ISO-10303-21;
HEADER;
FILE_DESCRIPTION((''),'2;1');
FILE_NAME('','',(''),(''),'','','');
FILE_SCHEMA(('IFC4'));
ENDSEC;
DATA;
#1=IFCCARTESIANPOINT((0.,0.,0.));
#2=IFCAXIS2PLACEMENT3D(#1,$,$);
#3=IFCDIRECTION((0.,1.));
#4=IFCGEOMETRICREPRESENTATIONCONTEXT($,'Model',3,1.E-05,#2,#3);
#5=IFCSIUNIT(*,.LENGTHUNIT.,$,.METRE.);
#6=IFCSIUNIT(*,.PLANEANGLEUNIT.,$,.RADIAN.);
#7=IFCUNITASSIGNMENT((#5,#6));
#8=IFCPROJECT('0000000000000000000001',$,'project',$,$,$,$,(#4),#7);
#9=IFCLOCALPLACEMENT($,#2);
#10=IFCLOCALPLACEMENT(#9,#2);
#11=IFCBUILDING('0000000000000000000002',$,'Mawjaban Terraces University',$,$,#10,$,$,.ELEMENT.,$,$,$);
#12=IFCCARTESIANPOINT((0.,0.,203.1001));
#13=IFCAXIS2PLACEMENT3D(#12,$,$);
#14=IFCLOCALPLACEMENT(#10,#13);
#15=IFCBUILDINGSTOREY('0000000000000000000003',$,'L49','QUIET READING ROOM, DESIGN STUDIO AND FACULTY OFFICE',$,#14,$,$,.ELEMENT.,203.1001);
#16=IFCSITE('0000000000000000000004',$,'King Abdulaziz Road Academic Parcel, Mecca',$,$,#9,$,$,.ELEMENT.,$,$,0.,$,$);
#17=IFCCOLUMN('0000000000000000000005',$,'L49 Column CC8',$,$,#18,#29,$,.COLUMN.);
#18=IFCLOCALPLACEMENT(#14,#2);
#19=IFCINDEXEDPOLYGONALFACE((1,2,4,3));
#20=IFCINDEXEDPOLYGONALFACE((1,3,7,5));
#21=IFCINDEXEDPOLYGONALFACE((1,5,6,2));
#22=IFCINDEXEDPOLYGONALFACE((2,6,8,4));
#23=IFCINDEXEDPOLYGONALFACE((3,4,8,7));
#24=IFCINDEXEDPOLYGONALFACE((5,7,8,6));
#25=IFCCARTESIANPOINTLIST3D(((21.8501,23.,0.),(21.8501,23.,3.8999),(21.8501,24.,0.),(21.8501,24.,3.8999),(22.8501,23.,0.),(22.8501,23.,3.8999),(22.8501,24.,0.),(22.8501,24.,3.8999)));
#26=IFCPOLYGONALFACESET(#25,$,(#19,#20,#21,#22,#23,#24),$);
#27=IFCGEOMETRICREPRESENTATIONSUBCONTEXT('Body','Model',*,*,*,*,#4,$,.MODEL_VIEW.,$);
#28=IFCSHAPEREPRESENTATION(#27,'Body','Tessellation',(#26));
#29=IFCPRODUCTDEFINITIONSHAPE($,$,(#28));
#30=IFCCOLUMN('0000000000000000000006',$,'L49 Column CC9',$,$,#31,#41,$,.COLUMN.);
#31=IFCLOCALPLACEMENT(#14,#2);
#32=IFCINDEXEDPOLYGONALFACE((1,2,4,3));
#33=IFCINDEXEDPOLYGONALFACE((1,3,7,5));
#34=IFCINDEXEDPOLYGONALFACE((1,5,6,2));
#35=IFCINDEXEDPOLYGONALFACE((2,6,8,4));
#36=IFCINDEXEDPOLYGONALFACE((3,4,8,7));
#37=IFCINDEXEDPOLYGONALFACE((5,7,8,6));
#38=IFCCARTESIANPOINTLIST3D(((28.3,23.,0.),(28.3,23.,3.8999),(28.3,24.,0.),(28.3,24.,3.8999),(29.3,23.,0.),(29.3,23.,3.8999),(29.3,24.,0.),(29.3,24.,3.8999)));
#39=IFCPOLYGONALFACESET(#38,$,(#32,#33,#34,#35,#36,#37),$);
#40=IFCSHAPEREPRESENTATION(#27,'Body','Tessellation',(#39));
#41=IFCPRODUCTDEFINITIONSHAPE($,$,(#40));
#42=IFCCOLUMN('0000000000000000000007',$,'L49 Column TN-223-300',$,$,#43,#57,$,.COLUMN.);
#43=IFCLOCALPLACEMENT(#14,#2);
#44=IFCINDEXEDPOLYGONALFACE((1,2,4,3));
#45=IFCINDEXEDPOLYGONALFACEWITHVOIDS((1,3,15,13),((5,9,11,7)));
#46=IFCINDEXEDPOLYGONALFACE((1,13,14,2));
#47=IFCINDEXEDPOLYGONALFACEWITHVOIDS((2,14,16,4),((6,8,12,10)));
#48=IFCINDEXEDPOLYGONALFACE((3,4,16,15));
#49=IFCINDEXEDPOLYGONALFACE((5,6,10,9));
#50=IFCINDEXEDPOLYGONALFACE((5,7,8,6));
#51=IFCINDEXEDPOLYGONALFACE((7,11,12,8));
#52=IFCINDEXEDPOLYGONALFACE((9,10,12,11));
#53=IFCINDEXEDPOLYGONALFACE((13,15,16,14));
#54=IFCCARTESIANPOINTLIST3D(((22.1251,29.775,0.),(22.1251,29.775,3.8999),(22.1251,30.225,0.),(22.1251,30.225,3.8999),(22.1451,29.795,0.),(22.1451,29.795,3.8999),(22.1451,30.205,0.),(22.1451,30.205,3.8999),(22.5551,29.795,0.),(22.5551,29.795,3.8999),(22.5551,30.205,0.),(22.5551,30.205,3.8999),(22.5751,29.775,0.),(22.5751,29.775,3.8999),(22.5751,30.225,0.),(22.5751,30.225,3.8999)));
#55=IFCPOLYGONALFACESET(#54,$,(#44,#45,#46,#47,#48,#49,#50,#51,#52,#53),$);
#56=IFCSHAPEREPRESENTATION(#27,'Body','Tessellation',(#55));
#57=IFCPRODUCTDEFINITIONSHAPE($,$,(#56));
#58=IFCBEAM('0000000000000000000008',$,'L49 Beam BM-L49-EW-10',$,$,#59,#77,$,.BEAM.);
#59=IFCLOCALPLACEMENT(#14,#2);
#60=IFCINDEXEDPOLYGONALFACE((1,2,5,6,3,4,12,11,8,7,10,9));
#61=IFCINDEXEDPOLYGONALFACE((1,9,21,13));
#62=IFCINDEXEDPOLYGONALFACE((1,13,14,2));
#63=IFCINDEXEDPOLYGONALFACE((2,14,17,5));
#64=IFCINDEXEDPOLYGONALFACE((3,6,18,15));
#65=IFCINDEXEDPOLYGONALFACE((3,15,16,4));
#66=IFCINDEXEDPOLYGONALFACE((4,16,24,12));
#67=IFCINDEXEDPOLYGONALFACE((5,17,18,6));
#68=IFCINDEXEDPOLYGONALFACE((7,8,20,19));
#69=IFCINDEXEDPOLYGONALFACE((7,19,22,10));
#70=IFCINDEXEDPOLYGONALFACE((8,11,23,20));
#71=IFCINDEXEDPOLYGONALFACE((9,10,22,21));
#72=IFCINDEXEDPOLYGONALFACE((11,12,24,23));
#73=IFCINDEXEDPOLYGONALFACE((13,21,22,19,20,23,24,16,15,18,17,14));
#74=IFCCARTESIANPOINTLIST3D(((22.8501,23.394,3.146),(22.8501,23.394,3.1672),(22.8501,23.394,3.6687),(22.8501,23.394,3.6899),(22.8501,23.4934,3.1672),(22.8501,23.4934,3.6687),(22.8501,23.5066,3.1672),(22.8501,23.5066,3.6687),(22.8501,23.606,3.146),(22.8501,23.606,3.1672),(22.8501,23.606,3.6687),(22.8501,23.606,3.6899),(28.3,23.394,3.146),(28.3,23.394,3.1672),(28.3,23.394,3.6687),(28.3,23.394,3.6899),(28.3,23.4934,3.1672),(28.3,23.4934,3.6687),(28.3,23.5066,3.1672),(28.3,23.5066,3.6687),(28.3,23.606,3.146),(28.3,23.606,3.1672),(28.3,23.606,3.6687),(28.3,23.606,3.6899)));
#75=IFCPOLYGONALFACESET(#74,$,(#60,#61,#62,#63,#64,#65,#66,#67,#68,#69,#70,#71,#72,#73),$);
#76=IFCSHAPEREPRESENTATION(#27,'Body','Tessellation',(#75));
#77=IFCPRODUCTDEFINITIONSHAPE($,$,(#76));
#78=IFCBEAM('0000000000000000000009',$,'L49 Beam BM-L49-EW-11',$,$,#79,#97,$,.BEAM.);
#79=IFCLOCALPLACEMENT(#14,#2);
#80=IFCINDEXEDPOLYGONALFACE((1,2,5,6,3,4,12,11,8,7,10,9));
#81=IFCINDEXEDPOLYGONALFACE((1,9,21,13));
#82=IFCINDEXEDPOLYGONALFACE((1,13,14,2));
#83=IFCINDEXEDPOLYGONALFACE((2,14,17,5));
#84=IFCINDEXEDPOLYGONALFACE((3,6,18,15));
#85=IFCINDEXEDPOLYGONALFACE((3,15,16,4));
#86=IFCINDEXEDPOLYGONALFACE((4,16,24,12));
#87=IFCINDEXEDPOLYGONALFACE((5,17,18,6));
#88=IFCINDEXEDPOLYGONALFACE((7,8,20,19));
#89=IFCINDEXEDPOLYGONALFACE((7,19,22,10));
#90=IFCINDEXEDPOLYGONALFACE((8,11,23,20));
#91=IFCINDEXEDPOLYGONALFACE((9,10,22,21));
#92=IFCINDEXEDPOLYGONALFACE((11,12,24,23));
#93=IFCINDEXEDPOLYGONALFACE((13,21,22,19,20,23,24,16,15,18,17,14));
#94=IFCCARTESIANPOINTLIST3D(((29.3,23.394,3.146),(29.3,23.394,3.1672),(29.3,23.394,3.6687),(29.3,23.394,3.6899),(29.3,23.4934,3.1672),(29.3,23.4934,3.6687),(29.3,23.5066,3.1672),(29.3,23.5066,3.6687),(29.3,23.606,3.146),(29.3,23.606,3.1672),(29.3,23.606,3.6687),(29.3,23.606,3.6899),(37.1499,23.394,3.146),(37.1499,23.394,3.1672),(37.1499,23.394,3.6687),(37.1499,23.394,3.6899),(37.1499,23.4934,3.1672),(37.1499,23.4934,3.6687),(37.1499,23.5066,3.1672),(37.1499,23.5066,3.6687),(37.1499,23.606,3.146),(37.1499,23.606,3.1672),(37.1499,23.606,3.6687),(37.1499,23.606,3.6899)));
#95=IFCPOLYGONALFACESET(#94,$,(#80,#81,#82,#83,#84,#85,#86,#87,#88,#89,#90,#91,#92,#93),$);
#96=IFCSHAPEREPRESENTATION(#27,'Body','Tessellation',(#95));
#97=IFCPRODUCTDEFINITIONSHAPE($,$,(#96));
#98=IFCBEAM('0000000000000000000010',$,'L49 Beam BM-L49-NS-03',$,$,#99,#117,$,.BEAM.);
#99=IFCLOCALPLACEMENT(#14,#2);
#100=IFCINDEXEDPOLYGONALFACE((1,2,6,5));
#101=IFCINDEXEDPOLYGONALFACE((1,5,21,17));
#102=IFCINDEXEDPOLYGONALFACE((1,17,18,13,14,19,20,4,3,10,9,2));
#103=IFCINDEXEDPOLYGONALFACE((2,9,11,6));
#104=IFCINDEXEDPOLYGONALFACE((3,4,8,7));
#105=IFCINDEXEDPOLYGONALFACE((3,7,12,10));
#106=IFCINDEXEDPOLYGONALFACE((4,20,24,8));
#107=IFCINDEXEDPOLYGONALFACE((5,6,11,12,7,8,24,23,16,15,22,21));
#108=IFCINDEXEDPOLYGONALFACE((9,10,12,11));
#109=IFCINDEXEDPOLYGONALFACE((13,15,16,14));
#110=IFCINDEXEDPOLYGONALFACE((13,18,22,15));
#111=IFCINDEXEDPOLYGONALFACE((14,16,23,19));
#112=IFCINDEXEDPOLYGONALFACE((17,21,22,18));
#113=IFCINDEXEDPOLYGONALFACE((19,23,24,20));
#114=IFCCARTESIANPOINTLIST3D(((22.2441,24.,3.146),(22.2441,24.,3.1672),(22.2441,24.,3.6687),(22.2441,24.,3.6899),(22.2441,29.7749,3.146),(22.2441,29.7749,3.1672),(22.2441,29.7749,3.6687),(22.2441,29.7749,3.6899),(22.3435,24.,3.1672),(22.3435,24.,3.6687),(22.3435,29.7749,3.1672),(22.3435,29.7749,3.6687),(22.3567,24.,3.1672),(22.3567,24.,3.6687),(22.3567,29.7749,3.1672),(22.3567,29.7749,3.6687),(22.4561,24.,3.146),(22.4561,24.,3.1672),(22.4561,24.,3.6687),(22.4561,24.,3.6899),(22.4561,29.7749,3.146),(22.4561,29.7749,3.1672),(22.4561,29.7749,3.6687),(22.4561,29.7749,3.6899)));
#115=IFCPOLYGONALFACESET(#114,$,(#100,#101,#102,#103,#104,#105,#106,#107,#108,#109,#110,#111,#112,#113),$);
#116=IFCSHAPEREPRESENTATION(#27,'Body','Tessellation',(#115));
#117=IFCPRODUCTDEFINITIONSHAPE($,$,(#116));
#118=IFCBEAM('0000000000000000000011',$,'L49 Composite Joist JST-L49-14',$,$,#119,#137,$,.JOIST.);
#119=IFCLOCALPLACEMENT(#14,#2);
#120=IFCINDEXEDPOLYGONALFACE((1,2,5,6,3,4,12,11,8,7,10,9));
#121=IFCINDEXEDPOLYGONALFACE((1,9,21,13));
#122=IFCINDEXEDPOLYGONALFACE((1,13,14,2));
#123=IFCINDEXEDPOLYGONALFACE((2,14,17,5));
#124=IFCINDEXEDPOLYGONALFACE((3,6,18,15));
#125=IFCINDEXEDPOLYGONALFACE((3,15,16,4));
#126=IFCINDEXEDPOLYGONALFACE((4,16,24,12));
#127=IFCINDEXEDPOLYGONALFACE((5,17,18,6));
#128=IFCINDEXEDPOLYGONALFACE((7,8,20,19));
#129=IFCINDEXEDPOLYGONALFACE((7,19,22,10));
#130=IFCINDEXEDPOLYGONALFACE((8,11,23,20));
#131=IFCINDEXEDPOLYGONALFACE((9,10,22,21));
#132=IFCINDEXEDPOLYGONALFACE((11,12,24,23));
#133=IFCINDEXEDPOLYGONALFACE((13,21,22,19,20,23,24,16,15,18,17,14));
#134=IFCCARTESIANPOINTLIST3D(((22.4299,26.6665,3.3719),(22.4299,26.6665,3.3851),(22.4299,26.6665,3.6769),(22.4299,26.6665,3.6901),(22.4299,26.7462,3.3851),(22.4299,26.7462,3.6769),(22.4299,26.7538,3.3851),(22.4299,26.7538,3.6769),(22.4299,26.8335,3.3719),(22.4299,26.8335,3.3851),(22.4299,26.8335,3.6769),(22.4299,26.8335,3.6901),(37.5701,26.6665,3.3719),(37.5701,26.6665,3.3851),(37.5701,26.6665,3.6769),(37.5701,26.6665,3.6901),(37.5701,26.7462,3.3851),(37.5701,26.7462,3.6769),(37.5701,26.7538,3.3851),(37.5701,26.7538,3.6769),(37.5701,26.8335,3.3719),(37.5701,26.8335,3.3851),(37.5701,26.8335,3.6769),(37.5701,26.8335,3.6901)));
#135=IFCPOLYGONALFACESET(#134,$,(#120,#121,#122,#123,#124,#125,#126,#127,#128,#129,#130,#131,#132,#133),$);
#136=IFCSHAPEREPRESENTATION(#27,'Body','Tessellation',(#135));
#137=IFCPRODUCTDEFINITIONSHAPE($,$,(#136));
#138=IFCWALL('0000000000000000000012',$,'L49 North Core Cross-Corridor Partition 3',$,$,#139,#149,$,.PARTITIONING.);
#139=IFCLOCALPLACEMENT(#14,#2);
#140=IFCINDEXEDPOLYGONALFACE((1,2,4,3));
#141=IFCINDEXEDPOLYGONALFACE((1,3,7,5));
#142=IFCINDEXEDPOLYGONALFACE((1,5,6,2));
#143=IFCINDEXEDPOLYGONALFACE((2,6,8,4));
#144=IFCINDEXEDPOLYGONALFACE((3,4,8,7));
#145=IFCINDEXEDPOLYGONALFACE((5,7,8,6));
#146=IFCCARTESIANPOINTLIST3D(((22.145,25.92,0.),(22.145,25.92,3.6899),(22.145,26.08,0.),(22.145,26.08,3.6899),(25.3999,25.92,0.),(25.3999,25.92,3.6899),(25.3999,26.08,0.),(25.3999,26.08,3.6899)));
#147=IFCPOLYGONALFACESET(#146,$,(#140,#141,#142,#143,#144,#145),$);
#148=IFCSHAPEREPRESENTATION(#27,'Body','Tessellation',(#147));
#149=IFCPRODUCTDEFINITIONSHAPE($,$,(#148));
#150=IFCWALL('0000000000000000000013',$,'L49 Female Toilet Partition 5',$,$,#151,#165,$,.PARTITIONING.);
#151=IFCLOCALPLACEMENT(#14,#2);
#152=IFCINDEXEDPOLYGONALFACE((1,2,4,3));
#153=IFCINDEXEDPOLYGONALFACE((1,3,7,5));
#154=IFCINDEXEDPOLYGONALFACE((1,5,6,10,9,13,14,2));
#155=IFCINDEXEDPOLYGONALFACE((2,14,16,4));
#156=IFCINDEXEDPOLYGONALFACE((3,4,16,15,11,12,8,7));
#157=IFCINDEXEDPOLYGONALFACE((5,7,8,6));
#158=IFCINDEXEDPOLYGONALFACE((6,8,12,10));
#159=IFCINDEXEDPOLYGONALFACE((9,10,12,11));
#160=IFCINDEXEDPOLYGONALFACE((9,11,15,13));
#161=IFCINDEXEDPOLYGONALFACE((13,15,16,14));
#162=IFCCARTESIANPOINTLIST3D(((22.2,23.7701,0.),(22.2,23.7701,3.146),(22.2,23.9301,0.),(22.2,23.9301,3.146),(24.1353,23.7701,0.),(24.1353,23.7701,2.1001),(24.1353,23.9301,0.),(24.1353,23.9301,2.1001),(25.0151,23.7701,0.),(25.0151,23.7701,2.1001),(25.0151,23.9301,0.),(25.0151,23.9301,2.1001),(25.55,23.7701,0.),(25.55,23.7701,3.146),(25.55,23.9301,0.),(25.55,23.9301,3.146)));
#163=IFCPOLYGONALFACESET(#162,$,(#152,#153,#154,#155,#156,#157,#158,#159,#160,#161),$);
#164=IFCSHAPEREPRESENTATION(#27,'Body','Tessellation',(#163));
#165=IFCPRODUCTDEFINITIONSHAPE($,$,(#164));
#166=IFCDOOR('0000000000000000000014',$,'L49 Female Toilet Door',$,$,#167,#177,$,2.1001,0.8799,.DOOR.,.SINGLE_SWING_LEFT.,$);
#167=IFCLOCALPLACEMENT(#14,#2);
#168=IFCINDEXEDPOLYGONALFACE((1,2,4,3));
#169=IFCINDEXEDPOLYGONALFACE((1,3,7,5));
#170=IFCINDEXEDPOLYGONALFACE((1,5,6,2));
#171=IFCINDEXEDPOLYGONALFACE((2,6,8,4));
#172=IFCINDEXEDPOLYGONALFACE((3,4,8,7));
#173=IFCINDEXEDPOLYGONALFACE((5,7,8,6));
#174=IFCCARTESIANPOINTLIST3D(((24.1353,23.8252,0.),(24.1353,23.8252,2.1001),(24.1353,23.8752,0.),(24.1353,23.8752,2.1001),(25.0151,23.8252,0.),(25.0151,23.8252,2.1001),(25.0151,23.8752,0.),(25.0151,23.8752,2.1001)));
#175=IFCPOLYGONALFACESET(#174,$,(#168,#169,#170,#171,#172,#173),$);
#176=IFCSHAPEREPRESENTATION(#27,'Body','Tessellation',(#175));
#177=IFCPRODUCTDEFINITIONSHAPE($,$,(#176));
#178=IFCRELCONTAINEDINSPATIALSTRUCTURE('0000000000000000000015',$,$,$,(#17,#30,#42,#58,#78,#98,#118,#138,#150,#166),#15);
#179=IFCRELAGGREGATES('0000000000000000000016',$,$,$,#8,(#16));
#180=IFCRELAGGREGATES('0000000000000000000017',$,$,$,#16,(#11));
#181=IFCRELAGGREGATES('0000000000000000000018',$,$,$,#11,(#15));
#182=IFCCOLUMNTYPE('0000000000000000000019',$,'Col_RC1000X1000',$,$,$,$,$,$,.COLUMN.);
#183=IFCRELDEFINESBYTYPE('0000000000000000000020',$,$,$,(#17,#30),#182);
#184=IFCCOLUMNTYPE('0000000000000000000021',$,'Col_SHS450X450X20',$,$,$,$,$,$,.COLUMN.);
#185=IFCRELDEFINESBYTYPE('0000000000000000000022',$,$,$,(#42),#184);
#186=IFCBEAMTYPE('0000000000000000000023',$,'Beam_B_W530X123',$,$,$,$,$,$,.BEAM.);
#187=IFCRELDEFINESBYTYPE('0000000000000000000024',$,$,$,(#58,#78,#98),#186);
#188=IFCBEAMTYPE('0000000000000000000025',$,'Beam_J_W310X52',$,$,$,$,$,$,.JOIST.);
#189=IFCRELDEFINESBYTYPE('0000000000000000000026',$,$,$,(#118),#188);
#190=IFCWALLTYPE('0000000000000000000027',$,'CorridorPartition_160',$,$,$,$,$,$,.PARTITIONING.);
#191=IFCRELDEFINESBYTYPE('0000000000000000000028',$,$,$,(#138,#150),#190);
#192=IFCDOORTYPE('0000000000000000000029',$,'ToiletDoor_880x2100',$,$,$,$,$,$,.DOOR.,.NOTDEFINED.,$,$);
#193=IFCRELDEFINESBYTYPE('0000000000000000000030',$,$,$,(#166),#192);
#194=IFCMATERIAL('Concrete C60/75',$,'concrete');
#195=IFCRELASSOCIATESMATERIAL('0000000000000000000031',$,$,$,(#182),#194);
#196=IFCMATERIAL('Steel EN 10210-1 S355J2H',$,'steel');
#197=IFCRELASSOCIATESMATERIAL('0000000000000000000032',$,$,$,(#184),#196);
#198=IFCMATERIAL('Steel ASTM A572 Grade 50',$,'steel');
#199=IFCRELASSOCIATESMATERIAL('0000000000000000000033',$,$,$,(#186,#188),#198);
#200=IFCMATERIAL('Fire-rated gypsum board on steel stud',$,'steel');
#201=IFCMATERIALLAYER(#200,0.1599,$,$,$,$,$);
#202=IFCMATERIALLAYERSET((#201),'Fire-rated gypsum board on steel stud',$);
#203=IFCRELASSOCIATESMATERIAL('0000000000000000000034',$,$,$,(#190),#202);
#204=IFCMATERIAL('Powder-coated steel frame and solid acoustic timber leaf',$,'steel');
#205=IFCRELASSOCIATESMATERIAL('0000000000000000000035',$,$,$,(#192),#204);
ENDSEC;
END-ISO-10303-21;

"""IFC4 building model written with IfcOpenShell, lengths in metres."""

from ifc_helpers import new_model, si_unit, direction, frame, frame_2d, origin, origin_2d, place, context, subcontext, project, spatial, rectangle, hollow_rectangle, i_section, extrude, material, layer, layer_set, material_profile, profile_set, type_object, element, fill, save


model = new_model("IFC4")

# Units and contexts
model_context = context("Model", 3, precision=1e-05, world=origin(), true_north=direction((0.0, 1.0)))
body_context = subcontext(model_context, "Body", "Model", "MODEL_VIEW")
ifc_project = project(units=[si_unit("LENGTHUNIT", "METRE"), si_unit("PLANEANGLEUNIT", "RADIAN")], contexts=[model_context])

# Site, building, storey
site_placement = place(None, origin())
site = spatial("IfcSite", under=ifc_project, at=site_placement, Name="King Abdulaziz Road Academic Parcel, Mecca", CompositionType="ELEMENT", RefElevation=0.0)
building_placement = place(site_placement, origin())
building = spatial("IfcBuilding", under=site, at=building_placement, Name="Mawjaban Terraces University", CompositionType="ELEMENT")
storey_placement = place(building_placement, frame((0.0, 0.0, 203.1001)))
storey = spatial("IfcBuildingStorey", under=building, at=storey_placement, Name="L49", Description="QUIET READING ROOM, DESIGN STUDIO AND FACULTY OFFICE", CompositionType="ELEMENT", Elevation=203.1001)

# Columns
ifc_material_1 = material(Name="Concrete C60/75", Category="concrete")
ifc_material_profile_1 = material_profile(ifc_material_1, rectangle(XDim=1.0, YDim=1.0, at=origin_2d()), Name="RC1000X1000")
ifc_profile_set_1 = profile_set([ifc_material_profile_1], Name="Concrete C60/75")
column_type_1 = type_object("IfcColumnType", Name="Col_RC1000X1000", PredefinedType="COLUMN", material=ifc_profile_set_1)
for number, where, z_axis, x_axis, name in (
    (1, (22.3501, 23.5, 0.0), (0.0, 0.0, 1.0), (1.0, 0.0, 0.0), "L49 Column CC8"),
    (2, (28.8, 23.5, 0.0), (0.0, 0.0, 1.0), (1.0, 0.0, 0.0), "L49 Column CC9"),
):
    element("IfcColumn", number, at=place(storey_placement, frame(where, z_axis=z_axis, x_axis=x_axis)), inside=storey, type_object=column_type_1, Name=name, PredefinedType="COLUMN", context=body_context, shape_type="SweptSolid", body=[
        extrude(rectangle(XDim=1.0, YDim=1.0, at=origin_2d()), origin(), (0.0, 0.0, 1.0), 3.8999),
    ])
ifc_material_2 = material(Name="Steel EN 10210-1 S355J2H", Category="steel")
ifc_material_profile_2 = material_profile(ifc_material_2, hollow_rectangle(XDim=0.45, YDim=0.45, WallThickness=0.02, at=origin_2d()), Name="SHS450X450X20")
ifc_profile_set_2 = profile_set([ifc_material_profile_2], Name="Steel EN 10210-1 S355J2H")
column_type_2 = type_object("IfcColumnType", Name="Col_SHS450X450X20", PredefinedType="COLUMN", material=ifc_profile_set_2)
column_placement = place(storey_placement, frame((22.3501, 30.0, 0.0), z_axis=(0.0, 0.0, 1.0), x_axis=(1.0, 0.0, 0.0)))
element("IfcColumn", 3, at=column_placement, inside=storey, type_object=column_type_2, Name="L49 Column TN-223-300", PredefinedType="COLUMN", context=body_context, shape_type="SweptSolid", body=[
    extrude(hollow_rectangle(XDim=0.45, YDim=0.45, WallThickness=0.02, at=origin_2d()), origin(), (0.0, 0.0, 1.0), 3.8999),
])

# Beams
ifc_material_3 = material(Name="Steel ASTM A572 Grade 50", Category="steel")
ifc_material_profile_3 = material_profile(ifc_material_3, i_section(OverallWidth=0.2119, OverallDepth=0.5439, WebThickness=0.0132, FlangeThickness=0.0212, at=origin_2d()), Name="W530X123")
ifc_profile_set_3 = profile_set([ifc_material_profile_3], Name="Steel ASTM A572 Grade 50")
beam_type_1 = type_object("IfcBeamType", Name="Beam_B_W530X123", PredefinedType="BEAM", material=ifc_profile_set_3)
beam_1_placement = place(storey_placement, frame((22.8501, 23.5, 3.418), z_axis=(1.0, 0.0, 0.0), x_axis=(0.0, 1.0, 0.0)))
element("IfcBeam", 4, at=beam_1_placement, inside=storey, type_object=beam_type_1, Name="L49 Beam BM-L49-EW-10", PredefinedType="BEAM", context=body_context, shape_type="SweptSolid", body=[
    extrude(i_section(OverallWidth=0.2119, OverallDepth=0.5439, WebThickness=0.0132, FlangeThickness=0.0212, at=origin_2d()), origin(), (0.0, 0.0, 1.0), 5.45),
])
beam_2_placement = place(storey_placement, frame((29.3, 23.5, 3.418), z_axis=(1.0, 0.0, 0.0), x_axis=(0.0, 1.0, 0.0)))
element("IfcBeam", 5, at=beam_2_placement, inside=storey, type_object=beam_type_1, Name="L49 Beam BM-L49-EW-11", PredefinedType="BEAM", context=body_context, shape_type="SweptSolid", body=[
    extrude(i_section(OverallWidth=0.2119, OverallDepth=0.5439, WebThickness=0.0132, FlangeThickness=0.0212, at=origin_2d()), origin(), (0.0, 0.0, 1.0), 7.8499),
])
beam_3_placement = place(storey_placement, frame((22.3501, 24.0, 3.418), z_axis=(0.0, 1.0, 0.0), x_axis=(-1.0, 0.0, 0.0)))
element("IfcBeam", 6, at=beam_3_placement, inside=storey, type_object=beam_type_1, Name="L49 Beam BM-L49-NS-03", PredefinedType="BEAM", context=body_context, shape_type="SweptSolid", body=[
    extrude(i_section(OverallWidth=0.2119, OverallDepth=0.5439, WebThickness=0.0132, FlangeThickness=0.0212, at=origin_2d()), origin(), (0.0, 0.0, 1.0), 5.7749),
])
ifc_material_profile_4 = material_profile(ifc_material_3, i_section(OverallWidth=0.167, OverallDepth=0.3181, WebThickness=0.0076, FlangeThickness=0.0132, at=origin_2d()), Name="W310X52")
ifc_profile_set_4 = profile_set([ifc_material_profile_4], Name="Steel ASTM A572 Grade 50")
beam_type_2 = type_object("IfcBeamType", Name="Beam_J_W310X52", PredefinedType="JOIST", material=ifc_profile_set_4)
beam_4_placement = place(storey_placement, frame((22.4299, 26.75, 3.531), z_axis=(1.0, 0.0, 0.0), x_axis=(0.0, 1.0, 0.0)))
element("IfcBeam", 7, at=beam_4_placement, inside=storey, type_object=beam_type_2, Name="L49 Composite Joist JST-L49-14", PredefinedType="JOIST", context=body_context, shape_type="SweptSolid", body=[
    extrude(i_section(OverallWidth=0.167, OverallDepth=0.3181, WebThickness=0.0076, FlangeThickness=0.0132, at=origin_2d()), origin(), (0.0, 0.0, 1.0), 15.1401),
])

# Wall
ifc_material_4 = material(Name="Fire-rated gypsum board on steel stud", Category="steel")
ifc_layer_1 = layer(ifc_material_4, 0.1599)
ifc_layer_set_1 = layer_set([ifc_layer_1], Name="Fire-rated gypsum board on steel stud")
wall_type_1 = type_object("IfcWallType", Name="CorridorPartition_160", PredefinedType="PARTITIONING", material=ifc_layer_set_1)
wall_1_placement = place(storey_placement, frame((25.3999, 26.0, 0.0), z_axis=(0.0, 0.0, 1.0), x_axis=(-1.0, 0.0, 0.0)))
element("IfcWall", 8, at=wall_1_placement, inside=storey, type_object=wall_type_1, Name="L49 North Core Cross-Corridor Partition 3", PredefinedType="PARTITIONING", context=body_context, shape_type="SweptSolid", body=[
    extrude(rectangle(XDim=3.2549, YDim=0.1599, at=frame_2d((1.6274, 0.0))), origin(), (0.0, 0.0, 1.0), 3.6899),
])

# Wall, opening, door
wall_2_placement = place(storey_placement, frame((25.55, 23.8501, 0.0), z_axis=(0.0, 0.0, 1.0), x_axis=(-1.0, 0.0, 0.0)))
wall_2 = element("IfcWall", 9, at=wall_2_placement, inside=storey, type_object=wall_type_1, Name="L49 Female Toilet Partition 5", PredefinedType="PARTITIONING", context=body_context, shape_type="SweptSolid", body=[
    extrude(rectangle(XDim=3.3501, YDim=0.1599, at=frame_2d((1.675, 0.0))), origin(), (0.0, 0.0, 1.0), 3.146),
])
opening_1_placement = place(wall_2_placement, frame((0.5349, 0.0, 0.0)))
opening_1 = element("IfcOpeningElement", 10, at=opening_1_placement, cuts=wall_2, PredefinedType="OPENING", context=body_context, shape_type="SweptSolid", body=[
    extrude(rectangle(XDim=0.8799, YDim=2.1001, at=frame_2d((0.4399, 1.05))), frame((0.0, 0.0898, 0.0), z_axis=(0.0, -1.0, 0.0), x_axis=(1.0, 0.0, 0.0)), (0.0, 0.0, 1.0), 0.1799),
])
ifc_material_5 = material(Name="Powder-coated steel frame and solid acoustic timber leaf", Category="steel")
door_type_1 = type_object("IfcDoorType", Name="ToiletDoor_880x2100", OperationType="NOTDEFINED", PredefinedType="DOOR", material=ifc_material_5)
door_1_placement = place(opening_1_placement, origin())
door_1 = element("IfcDoor", 11, at=door_1_placement, inside=storey, type_object=door_type_1, Name="L49 Female Toilet Door", OperationType="SINGLE_SWING_LEFT", OverallHeight=2.1001, OverallWidth=0.8799, PredefinedType="DOOR", context=body_context, shape_type="SweptSolid", body=[
    extrude(rectangle(XDim=0.8799, YDim=2.1001, at=frame_2d((0.4399, 1.05))), frame((0.0, 0.0249, 0.0), z_axis=(0.0, -1.0, 0.0), x_axis=(1.0, 0.0, 0.0)), (0.0, 0.0, 1.0), 0.05),
])
fill(opening_1, door_1)

save(model, "model.ifc")
